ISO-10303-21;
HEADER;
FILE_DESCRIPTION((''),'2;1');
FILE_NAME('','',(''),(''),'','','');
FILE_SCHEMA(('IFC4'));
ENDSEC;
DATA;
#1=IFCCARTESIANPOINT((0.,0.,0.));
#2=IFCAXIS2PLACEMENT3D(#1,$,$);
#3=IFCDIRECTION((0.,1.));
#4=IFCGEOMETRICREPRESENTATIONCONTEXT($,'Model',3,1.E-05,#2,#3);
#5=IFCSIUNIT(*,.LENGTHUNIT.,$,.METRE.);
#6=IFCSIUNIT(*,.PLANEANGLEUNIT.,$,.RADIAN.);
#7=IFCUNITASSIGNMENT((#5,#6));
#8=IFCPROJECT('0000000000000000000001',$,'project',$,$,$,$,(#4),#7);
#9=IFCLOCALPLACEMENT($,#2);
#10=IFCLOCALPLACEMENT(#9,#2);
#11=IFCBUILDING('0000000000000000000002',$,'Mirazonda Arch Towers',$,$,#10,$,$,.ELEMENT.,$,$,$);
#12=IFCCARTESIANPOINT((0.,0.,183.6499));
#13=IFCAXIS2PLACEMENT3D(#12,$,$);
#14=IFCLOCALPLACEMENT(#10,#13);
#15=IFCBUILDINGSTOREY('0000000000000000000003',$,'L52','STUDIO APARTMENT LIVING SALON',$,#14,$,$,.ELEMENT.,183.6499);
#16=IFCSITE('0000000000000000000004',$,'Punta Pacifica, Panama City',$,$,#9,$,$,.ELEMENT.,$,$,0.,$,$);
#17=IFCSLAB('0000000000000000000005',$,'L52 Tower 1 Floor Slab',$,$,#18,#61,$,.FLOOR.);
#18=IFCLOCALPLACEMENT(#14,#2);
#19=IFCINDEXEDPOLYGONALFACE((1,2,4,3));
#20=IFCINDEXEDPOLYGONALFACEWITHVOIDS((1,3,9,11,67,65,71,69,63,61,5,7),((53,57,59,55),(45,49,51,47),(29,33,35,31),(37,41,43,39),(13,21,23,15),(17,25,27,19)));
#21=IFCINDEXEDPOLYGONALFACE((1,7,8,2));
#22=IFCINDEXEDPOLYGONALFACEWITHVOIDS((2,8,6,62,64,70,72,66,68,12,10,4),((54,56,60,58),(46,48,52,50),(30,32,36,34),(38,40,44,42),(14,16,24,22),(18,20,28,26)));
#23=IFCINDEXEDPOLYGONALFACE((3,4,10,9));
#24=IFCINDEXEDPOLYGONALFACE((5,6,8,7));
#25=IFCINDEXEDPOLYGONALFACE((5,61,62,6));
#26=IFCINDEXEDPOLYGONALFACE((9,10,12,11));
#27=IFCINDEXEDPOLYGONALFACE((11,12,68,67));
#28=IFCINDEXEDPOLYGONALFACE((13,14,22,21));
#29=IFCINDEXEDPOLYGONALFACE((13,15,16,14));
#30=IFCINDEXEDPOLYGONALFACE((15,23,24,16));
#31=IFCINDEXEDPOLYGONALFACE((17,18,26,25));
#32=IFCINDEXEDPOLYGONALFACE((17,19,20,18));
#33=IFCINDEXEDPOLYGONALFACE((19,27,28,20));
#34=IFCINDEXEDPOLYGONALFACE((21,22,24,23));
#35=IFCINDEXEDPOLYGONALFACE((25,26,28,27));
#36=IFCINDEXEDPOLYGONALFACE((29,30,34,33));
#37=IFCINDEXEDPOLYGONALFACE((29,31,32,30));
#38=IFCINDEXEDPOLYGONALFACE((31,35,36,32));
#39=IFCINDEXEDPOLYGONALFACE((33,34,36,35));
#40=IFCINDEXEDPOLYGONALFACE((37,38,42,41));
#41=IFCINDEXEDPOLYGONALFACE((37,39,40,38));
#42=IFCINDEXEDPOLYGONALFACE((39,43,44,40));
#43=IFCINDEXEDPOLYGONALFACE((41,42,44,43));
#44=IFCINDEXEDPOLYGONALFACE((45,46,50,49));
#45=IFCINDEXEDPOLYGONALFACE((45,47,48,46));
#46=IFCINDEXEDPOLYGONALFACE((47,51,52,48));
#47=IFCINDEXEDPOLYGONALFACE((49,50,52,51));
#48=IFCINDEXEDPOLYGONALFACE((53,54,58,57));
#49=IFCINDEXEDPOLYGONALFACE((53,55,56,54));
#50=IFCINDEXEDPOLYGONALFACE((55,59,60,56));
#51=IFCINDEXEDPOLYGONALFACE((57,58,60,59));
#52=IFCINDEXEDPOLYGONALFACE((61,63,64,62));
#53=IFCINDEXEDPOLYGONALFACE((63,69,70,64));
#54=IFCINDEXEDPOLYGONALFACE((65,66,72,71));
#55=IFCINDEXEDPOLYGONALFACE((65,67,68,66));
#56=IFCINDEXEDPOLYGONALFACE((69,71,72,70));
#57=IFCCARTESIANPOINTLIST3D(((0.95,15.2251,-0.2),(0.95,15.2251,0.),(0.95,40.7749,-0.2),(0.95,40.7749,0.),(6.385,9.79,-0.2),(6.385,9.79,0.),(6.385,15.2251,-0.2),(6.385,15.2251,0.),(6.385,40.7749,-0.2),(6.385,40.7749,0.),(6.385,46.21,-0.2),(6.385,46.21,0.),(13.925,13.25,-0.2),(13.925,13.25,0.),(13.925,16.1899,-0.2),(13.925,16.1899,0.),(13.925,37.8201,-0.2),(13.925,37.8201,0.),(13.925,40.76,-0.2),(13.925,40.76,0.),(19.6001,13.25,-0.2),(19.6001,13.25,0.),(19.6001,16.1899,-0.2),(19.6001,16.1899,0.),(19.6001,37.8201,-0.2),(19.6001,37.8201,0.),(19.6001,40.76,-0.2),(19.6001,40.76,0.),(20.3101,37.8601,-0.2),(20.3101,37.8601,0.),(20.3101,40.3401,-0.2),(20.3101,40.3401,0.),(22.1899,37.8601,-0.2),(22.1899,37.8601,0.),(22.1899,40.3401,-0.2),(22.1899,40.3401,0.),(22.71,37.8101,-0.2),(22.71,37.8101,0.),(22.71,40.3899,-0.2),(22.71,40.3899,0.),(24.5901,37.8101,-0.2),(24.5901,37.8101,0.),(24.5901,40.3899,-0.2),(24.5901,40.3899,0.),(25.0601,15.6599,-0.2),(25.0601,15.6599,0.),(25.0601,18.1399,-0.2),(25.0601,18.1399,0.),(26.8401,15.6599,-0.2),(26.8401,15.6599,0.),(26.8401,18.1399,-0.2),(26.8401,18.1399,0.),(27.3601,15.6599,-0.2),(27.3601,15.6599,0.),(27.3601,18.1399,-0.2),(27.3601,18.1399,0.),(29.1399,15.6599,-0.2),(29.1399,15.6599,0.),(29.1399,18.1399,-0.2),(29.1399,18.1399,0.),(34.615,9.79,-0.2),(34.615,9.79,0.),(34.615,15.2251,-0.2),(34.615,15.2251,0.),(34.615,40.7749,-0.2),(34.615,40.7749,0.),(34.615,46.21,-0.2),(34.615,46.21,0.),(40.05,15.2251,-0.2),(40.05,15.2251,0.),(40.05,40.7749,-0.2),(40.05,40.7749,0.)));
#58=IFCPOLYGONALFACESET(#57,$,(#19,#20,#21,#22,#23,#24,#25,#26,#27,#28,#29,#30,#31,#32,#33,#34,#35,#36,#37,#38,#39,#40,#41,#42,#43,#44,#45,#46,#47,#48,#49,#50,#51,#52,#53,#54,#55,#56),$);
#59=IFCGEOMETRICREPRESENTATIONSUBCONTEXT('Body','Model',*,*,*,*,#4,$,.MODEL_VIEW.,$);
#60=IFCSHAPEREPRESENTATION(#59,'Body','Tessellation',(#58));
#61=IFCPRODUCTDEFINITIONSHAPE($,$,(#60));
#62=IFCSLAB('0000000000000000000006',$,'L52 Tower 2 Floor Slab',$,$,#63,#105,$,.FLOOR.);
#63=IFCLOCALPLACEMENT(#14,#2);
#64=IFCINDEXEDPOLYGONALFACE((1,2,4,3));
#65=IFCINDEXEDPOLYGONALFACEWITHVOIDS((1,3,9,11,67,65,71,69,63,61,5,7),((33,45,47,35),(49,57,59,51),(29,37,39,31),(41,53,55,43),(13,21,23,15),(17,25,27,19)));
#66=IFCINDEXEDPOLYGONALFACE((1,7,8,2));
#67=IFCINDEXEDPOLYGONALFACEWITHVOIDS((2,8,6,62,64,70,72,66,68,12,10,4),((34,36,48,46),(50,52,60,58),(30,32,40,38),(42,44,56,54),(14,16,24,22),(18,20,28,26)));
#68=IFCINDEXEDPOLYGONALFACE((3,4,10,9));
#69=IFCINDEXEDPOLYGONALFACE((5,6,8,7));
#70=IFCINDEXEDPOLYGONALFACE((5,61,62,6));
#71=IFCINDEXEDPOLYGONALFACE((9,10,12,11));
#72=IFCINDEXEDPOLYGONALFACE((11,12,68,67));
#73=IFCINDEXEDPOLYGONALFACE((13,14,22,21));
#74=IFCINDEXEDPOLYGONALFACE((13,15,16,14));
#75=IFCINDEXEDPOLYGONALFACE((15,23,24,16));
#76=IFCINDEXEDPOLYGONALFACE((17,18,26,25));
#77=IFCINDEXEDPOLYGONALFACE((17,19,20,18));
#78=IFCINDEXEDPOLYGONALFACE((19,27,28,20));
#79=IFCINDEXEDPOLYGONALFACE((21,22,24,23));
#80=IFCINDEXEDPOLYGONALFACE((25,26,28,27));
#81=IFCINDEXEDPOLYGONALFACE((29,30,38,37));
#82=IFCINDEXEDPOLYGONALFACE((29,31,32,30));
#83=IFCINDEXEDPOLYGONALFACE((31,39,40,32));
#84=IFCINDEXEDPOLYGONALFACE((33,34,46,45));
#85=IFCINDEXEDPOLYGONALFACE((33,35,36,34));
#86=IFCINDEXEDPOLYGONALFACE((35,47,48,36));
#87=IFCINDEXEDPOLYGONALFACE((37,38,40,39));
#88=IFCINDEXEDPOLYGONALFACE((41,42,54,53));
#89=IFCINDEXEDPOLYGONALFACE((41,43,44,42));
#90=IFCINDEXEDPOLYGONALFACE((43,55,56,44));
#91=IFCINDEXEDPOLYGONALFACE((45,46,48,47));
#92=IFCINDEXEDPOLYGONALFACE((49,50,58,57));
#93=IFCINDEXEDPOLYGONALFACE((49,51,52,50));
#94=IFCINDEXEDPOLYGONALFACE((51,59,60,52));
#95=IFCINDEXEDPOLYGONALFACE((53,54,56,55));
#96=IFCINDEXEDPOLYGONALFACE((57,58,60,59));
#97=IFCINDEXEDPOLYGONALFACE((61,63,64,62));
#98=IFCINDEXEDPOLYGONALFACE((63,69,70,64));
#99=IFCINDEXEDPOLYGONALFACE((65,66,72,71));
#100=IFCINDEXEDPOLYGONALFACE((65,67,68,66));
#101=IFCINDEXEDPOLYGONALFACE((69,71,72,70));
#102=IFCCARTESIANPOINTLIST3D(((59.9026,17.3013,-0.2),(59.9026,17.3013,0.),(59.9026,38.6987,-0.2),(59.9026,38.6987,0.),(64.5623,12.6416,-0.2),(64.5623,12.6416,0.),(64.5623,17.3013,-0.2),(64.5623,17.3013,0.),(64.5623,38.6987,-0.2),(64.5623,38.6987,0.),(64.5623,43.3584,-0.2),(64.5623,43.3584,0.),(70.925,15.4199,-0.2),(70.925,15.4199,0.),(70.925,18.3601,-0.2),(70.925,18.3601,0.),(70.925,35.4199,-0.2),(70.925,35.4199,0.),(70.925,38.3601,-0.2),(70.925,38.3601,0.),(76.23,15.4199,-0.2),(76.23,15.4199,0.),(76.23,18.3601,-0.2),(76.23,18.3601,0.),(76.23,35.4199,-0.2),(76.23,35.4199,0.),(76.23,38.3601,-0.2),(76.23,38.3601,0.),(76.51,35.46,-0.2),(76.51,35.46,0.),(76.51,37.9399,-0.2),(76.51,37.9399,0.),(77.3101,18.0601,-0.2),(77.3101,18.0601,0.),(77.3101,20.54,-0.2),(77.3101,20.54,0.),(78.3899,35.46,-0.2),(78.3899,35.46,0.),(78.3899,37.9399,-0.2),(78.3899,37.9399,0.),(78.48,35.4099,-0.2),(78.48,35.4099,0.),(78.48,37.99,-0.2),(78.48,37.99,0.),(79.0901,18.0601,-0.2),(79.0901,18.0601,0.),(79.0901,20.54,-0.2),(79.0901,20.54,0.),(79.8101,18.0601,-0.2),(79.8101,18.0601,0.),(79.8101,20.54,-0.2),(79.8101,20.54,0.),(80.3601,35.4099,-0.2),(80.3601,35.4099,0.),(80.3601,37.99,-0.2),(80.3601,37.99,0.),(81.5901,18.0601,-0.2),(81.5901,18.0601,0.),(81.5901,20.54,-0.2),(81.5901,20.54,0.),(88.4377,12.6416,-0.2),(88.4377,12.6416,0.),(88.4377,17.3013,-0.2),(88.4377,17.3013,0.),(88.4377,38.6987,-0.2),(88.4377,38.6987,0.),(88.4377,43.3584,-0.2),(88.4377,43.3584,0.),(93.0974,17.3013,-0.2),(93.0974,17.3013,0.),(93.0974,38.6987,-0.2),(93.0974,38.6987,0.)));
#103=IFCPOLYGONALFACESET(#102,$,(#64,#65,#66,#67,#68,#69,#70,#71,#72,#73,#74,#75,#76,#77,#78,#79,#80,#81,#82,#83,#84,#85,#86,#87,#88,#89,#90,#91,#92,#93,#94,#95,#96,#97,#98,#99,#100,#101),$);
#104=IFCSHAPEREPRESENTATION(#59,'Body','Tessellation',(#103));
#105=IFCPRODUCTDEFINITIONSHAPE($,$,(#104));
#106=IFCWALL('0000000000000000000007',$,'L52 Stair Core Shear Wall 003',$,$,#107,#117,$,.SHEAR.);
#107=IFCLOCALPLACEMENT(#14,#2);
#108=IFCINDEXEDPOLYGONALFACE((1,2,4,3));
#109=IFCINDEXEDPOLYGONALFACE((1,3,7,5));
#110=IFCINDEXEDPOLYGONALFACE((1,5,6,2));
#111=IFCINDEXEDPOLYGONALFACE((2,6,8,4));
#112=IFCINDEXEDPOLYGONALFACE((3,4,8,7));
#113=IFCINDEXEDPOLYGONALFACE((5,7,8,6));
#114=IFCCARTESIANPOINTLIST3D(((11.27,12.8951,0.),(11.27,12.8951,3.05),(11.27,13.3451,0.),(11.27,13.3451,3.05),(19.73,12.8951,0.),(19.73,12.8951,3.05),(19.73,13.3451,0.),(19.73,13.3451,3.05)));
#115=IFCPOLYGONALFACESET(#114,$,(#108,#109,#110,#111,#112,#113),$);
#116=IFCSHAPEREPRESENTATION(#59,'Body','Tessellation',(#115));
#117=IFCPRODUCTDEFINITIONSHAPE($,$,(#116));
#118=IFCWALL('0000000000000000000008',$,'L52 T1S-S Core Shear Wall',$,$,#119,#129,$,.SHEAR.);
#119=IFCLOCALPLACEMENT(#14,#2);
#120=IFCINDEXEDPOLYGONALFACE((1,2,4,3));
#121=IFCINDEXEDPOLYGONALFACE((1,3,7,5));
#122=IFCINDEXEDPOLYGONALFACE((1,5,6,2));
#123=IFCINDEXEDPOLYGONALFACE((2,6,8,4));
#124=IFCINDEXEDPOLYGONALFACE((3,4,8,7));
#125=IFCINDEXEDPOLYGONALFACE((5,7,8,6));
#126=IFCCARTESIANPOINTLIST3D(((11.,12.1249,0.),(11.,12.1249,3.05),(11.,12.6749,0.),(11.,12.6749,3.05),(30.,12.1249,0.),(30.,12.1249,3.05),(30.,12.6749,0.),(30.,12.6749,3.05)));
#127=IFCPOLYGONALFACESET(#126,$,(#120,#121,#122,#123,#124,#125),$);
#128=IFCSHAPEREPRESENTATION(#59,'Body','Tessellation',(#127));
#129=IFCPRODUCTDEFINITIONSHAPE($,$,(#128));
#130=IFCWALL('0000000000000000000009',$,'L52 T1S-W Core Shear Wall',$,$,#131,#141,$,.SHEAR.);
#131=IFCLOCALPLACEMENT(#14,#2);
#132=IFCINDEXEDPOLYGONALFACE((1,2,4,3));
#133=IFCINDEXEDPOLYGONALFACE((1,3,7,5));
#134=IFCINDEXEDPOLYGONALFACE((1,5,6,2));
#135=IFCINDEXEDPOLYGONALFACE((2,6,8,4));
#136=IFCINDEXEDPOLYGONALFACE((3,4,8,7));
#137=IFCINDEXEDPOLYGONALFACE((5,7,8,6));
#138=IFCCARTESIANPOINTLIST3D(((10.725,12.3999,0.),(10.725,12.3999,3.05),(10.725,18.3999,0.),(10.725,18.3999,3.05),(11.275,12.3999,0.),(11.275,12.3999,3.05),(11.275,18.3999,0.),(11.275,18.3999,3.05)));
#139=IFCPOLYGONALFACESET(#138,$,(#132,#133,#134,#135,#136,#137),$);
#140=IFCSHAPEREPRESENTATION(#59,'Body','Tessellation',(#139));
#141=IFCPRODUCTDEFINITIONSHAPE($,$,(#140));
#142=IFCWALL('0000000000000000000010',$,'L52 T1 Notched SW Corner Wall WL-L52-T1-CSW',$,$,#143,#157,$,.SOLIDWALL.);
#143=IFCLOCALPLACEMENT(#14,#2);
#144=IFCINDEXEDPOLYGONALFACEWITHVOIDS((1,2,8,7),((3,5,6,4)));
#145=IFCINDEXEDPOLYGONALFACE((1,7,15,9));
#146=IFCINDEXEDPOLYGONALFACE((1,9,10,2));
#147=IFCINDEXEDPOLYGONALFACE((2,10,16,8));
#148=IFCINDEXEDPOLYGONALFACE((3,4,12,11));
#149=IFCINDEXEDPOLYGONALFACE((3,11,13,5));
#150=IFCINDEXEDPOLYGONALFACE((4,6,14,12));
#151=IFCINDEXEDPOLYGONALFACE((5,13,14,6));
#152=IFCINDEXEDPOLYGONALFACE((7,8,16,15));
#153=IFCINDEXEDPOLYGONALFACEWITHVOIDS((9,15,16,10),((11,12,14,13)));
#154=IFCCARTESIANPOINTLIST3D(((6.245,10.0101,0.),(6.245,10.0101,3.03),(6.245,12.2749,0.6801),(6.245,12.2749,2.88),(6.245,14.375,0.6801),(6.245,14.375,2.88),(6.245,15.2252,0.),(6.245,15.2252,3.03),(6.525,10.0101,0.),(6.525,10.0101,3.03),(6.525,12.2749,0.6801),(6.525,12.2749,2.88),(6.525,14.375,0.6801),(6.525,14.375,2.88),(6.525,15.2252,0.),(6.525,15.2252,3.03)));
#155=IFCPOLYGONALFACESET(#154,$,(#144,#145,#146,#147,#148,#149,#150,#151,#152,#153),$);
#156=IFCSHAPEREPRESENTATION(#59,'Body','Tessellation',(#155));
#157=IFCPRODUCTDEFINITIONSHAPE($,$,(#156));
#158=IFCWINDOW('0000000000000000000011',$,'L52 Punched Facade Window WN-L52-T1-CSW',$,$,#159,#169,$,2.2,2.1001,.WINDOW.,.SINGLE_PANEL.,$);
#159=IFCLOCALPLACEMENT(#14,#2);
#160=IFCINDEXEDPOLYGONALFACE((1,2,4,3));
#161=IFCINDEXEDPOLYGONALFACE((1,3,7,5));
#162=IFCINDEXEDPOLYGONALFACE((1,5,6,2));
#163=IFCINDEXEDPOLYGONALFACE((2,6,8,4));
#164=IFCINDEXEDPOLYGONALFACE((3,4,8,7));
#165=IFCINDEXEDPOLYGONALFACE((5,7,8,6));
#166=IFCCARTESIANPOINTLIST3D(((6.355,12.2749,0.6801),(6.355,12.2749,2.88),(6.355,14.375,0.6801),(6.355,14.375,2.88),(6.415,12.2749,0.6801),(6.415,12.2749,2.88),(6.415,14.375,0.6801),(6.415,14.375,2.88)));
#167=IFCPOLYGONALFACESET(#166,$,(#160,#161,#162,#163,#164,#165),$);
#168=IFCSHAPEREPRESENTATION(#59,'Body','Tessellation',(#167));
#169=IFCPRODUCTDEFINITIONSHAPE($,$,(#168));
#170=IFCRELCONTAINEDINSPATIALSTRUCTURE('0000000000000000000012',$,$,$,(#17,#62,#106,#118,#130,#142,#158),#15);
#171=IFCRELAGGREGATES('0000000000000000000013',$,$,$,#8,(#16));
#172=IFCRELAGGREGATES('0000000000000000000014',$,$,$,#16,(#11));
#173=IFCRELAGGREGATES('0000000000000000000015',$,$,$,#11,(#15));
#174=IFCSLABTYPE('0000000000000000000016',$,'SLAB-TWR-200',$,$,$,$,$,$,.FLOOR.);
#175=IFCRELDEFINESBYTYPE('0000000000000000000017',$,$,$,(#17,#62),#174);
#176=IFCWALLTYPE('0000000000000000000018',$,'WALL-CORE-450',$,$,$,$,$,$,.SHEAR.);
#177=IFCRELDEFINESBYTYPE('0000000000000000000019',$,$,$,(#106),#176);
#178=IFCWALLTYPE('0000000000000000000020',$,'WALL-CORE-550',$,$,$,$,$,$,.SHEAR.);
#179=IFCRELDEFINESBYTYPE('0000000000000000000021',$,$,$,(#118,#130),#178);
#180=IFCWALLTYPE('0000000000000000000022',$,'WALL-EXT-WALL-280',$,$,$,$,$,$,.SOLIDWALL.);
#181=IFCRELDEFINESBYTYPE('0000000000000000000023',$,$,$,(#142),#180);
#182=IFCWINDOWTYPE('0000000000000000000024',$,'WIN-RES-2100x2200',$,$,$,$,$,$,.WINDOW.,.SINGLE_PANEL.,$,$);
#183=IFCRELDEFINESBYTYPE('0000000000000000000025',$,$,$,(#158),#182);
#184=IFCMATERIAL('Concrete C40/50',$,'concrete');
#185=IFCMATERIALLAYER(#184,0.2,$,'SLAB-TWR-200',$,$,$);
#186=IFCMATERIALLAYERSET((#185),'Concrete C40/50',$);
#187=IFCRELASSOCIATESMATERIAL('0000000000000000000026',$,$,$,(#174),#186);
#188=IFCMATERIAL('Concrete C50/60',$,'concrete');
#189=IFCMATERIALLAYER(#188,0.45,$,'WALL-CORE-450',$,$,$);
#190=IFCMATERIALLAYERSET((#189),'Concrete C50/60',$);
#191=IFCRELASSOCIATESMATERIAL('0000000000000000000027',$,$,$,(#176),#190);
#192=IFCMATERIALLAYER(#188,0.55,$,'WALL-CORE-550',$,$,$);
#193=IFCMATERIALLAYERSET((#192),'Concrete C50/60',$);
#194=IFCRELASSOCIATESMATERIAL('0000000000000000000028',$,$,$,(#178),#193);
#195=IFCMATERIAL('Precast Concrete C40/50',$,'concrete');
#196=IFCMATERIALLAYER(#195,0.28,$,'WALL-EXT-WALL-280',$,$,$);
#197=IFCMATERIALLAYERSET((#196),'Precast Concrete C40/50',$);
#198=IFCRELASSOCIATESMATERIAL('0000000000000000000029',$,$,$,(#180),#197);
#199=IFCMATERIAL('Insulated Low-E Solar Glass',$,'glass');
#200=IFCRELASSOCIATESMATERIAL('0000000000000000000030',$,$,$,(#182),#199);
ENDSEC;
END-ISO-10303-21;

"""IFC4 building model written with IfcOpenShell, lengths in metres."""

from ifc_helpers import new_model, si_unit, direction, frame, frame_2d, origin, place, context, subcontext, project, spatial, polyline, rectangle, outline, extrude, material, layer, layer_set, type_object, element, fill, save


model = new_model("IFC4")

# Units and contexts
model_context = context("Model", 3, precision=1e-05, world=origin(), true_north=direction((0.0, 1.0)))
body_context = subcontext(model_context, "Body", "Model", "MODEL_VIEW")
ifc_project = project(units=[si_unit("LENGTHUNIT", "METRE"), si_unit("PLANEANGLEUNIT", "RADIAN")], contexts=[model_context])

# Site, building, storey
site_placement = place(None, origin())
site = spatial("IfcSite", under=ifc_project, at=site_placement, Name="Punta Pacifica, Panama City", CompositionType="ELEMENT", RefElevation=0.0)
building_placement = place(site_placement, origin())
building = spatial("IfcBuilding", under=site, at=building_placement, Name="Mirazonda Arch Towers", CompositionType="ELEMENT")
storey_placement = place(building_placement, frame((0.0, 0.0, 183.6499)))
storey = spatial("IfcBuildingStorey", under=building, at=storey_placement, Name="L52", Description="STUDIO APARTMENT LIVING SALON", CompositionType="ELEMENT", Elevation=183.6499)

# Shared definitions
ifc_material_1 = material(Name="Concrete C50/60", Category="concrete")

# Shared definitions
ifc_material_2 = material(Name="Insulated Low-E Solar Glass", Category="glass")

# Shared definitions
ifc_material_3 = material(Name="Concrete C40/50", Category="concrete")

# Slabs
ifc_layer_1 = layer(ifc_material_3, 0.2, Name="SLAB-TWR-200")
ifc_layer_set_1 = layer_set([ifc_layer_1], Name="Concrete C40/50")
slab_type_1 = type_object("IfcSlabType", Name="SLAB-TWR-200", PredefinedType="FLOOR", material=ifc_layer_set_1)
slab_1_placement = place(storey_placement, frame((0.0, 0.0, -0.2)))
element("IfcSlab", 1, at=slab_1_placement, inside=storey, type_object=slab_type_1, Name="L52 Tower 1 Floor Slab", PredefinedType="FLOOR", context=body_context, shape_type="SweptSolid", body=[
    extrude(outline(polyline([(6.385, 9.79), (34.615, 9.79), (34.615, 15.2251), (40.05, 15.2251), (40.05, 40.7749), (34.615, 40.7749), (34.615, 46.21), (6.385, 46.21), (6.385, 40.7749), (0.95, 40.7749), (0.95, 15.2251), (6.385, 15.2251), (6.385, 9.79)]), holes=[polyline([(27.3601, 18.1399), (29.1399, 18.1399), (29.1399, 15.6599), (27.3601, 15.6599), (27.3601, 18.1399)]), polyline([(25.0601, 18.1399), (26.8401, 18.1399), (26.8401, 15.6599), (25.0601, 15.6599), (25.0601, 18.1399)]), polyline([(22.71, 40.3899), (24.5901, 40.3899), (24.5901, 37.8101), (22.71, 37.8101), (22.71, 40.3899)]), polyline([(20.3101, 37.8601), (20.3101, 40.3401), (22.1899, 40.3401), (22.1899, 37.8601), (20.3101, 37.8601)]), polyline([(19.6001, 13.25), (13.925, 13.25), (13.925, 16.1899), (19.6001, 16.1899), (19.6001, 13.25)]), polyline([(13.925, 37.8201), (13.925, 40.76), (19.6001, 40.76), (19.6001, 37.8201), (13.925, 37.8201)])]), origin(), (0.0, 0.0, 1.0), 0.2),
])
slab_2_placement = place(storey_placement, frame((0.0, 0.0, -0.2)))
element("IfcSlab", 2, at=slab_2_placement, inside=storey, type_object=slab_type_1, Name="L52 Tower 2 Floor Slab", PredefinedType="FLOOR", context=body_context, shape_type="SweptSolid", body=[
    extrude(outline(polyline([(64.5623, 12.6416), (88.4377, 12.6416), (88.4377, 17.3013), (93.0974, 17.3013), (93.0974, 38.6987), (88.4377, 38.6987), (88.4377, 43.3584), (64.5623, 43.3584), (64.5623, 38.6987), (59.9026, 38.6987), (59.9026, 17.3013), (64.5623, 17.3013), (64.5623, 12.6416)]), holes=[polyline([(79.8101, 20.54), (81.5901, 20.54), (81.5901, 18.0601), (79.8101, 18.0601), (79.8101, 20.54)]), polyline([(78.48, 37.99), (80.3601, 37.99), (80.3601, 35.4099), (78.48, 35.4099), (78.48, 37.99)]), polyline([(77.3101, 20.54), (79.0901, 20.54), (79.0901, 18.0601), (77.3101, 18.0601), (77.3101, 20.54)]), polyline([(76.51, 35.46), (76.51, 37.9399), (78.3899, 37.9399), (78.3899, 35.46), (76.51, 35.46)]), polyline([(76.23, 15.4199), (70.925, 15.4199), (70.925, 18.3601), (76.23, 18.3601), (76.23, 15.4199)]), polyline([(70.925, 35.4199), (70.925, 38.3601), (76.23, 38.3601), (76.23, 35.4199), (70.925, 35.4199)])]), origin(), (0.0, 0.0, 1.0), 0.2),
])

# Walls
ifc_layer_2 = layer(ifc_material_1, 0.45, Name="WALL-CORE-450")
ifc_layer_set_2 = layer_set([ifc_layer_2], Name="Concrete C50/60")
wall_type_1 = type_object("IfcWallType", Name="WALL-CORE-450", PredefinedType="SHEAR", material=ifc_layer_set_2)
wall_1_placement = place(storey_placement, frame((11.27, 13.1201, 0.0), z_axis=(0.0, 0.0, 1.0), x_axis=(1.0, 0.0, 0.0)))
element("IfcWall", 3, at=wall_1_placement, inside=storey, type_object=wall_type_1, Name="L52 Stair Core Shear Wall 003", PredefinedType="SHEAR", context=body_context, shape_type="SweptSolid", body=[
    extrude(rectangle(XDim=8.46, YDim=0.45, at=frame_2d((4.23, 0.0))), origin(), (0.0, 0.0, 1.0), 3.05),
])
ifc_layer_3 = layer(ifc_material_1, 0.55, Name="WALL-CORE-550")
ifc_layer_set_3 = layer_set([ifc_layer_3], Name="Concrete C50/60")
wall_type_2 = type_object("IfcWallType", Name="WALL-CORE-550", PredefinedType="SHEAR", material=ifc_layer_set_3)
wall_2_placement = place(storey_placement, frame((11.0, 12.3999, 0.0), z_axis=(0.0, 0.0, 1.0), x_axis=(1.0, 0.0, 0.0)))
element("IfcWall", 4, at=wall_2_placement, inside=storey, type_object=wall_type_2, Name="L52 T1S-S Core Shear Wall", PredefinedType="SHEAR", context=body_context, shape_type="SweptSolid", body=[
    extrude(rectangle(XDim=19.0, YDim=0.55, at=frame_2d((9.5, 0.0))), origin(), (0.0, 0.0, 1.0), 3.05),
])
wall_3_placement = place(storey_placement, frame((11.0, 12.3999, 0.0), z_axis=(0.0, 0.0, 1.0), x_axis=(0.0, 1.0, 0.0)))
element("IfcWall", 5, at=wall_3_placement, inside=storey, type_object=wall_type_2, Name="L52 T1S-W Core Shear Wall", PredefinedType="SHEAR", context=body_context, shape_type="SweptSolid", body=[
    extrude(rectangle(XDim=6.0, YDim=0.55, at=frame_2d((3.0, 0.0))), origin(), (0.0, 0.0, 1.0), 3.05),
])

# Wall, opening, window
ifc_material_4 = material(Name="Precast Concrete C40/50", Category="concrete")
ifc_layer_4 = layer(ifc_material_4, 0.28, Name="WALL-EXT-WALL-280")
ifc_layer_set_4 = layer_set([ifc_layer_4], Name="Precast Concrete C40/50")
wall_type_3 = type_object("IfcWallType", Name="WALL-EXT-WALL-280", PredefinedType="SOLIDWALL", material=ifc_layer_set_4)
wall_4_placement = place(storey_placement, frame((6.385, 15.2251, 0.0), z_axis=(0.0, 0.0, 1.0), x_axis=(0.0, -1.0, 0.0)))
wall_4 = element("IfcWall", 6, at=wall_4_placement, inside=storey, type_object=wall_type_3, Name="L52 T1 Notched SW Corner Wall WL-L52-T1-CSW", PredefinedType="SOLIDWALL", context=body_context, shape_type="SweptSolid", body=[
    extrude(rectangle(XDim=5.2151, YDim=0.28, at=frame_2d((2.6074, 0.0))), origin(), (0.0, 0.0, 1.0), 3.03),
])
opening_1_placement = place(wall_4_placement, frame((0.8501, 0.0, 0.6799)))
opening_1 = element("IfcOpeningElement", 7, at=opening_1_placement, cuts=wall_4, PredefinedType="OPENING", context=body_context, shape_type="SweptSolid", body=[
    extrude(rectangle(XDim=2.1001, YDim=2.2, at=frame_2d((1.05, 1.1001))), frame((0.0, 0.1499, 0.0), z_axis=(0.0, -1.0, 0.0), x_axis=(1.0, 0.0, 0.0)), (0.0, 0.0, 1.0), 0.3),
])
window_type_1 = type_object("IfcWindowType", Name="WIN-RES-2100x2200", PartitioningType="SINGLE_PANEL", PredefinedType="WINDOW", material=ifc_material_2)
window_1_placement = place(opening_1_placement, origin())
window_1 = element("IfcWindow", 8, at=window_1_placement, inside=storey, type_object=window_type_1, Name="L52 Punched Facade Window WN-L52-T1-CSW", OverallHeight=2.2, OverallWidth=2.1001, PartitioningType="SINGLE_PANEL", PredefinedType="WINDOW", context=body_context, shape_type="SweptSolid", body=[
    extrude(rectangle(XDim=2.1001, YDim=2.2, at=frame_2d((1.05, 1.1001))), frame((0.0, 0.03, 0.0), z_axis=(0.0, -1.0, 0.0), x_axis=(1.0, 0.0, 0.0)), (0.0, 0.0, 1.0), 0.0601),
])
fill(opening_1, window_1)

save(model, "model.ifc")
